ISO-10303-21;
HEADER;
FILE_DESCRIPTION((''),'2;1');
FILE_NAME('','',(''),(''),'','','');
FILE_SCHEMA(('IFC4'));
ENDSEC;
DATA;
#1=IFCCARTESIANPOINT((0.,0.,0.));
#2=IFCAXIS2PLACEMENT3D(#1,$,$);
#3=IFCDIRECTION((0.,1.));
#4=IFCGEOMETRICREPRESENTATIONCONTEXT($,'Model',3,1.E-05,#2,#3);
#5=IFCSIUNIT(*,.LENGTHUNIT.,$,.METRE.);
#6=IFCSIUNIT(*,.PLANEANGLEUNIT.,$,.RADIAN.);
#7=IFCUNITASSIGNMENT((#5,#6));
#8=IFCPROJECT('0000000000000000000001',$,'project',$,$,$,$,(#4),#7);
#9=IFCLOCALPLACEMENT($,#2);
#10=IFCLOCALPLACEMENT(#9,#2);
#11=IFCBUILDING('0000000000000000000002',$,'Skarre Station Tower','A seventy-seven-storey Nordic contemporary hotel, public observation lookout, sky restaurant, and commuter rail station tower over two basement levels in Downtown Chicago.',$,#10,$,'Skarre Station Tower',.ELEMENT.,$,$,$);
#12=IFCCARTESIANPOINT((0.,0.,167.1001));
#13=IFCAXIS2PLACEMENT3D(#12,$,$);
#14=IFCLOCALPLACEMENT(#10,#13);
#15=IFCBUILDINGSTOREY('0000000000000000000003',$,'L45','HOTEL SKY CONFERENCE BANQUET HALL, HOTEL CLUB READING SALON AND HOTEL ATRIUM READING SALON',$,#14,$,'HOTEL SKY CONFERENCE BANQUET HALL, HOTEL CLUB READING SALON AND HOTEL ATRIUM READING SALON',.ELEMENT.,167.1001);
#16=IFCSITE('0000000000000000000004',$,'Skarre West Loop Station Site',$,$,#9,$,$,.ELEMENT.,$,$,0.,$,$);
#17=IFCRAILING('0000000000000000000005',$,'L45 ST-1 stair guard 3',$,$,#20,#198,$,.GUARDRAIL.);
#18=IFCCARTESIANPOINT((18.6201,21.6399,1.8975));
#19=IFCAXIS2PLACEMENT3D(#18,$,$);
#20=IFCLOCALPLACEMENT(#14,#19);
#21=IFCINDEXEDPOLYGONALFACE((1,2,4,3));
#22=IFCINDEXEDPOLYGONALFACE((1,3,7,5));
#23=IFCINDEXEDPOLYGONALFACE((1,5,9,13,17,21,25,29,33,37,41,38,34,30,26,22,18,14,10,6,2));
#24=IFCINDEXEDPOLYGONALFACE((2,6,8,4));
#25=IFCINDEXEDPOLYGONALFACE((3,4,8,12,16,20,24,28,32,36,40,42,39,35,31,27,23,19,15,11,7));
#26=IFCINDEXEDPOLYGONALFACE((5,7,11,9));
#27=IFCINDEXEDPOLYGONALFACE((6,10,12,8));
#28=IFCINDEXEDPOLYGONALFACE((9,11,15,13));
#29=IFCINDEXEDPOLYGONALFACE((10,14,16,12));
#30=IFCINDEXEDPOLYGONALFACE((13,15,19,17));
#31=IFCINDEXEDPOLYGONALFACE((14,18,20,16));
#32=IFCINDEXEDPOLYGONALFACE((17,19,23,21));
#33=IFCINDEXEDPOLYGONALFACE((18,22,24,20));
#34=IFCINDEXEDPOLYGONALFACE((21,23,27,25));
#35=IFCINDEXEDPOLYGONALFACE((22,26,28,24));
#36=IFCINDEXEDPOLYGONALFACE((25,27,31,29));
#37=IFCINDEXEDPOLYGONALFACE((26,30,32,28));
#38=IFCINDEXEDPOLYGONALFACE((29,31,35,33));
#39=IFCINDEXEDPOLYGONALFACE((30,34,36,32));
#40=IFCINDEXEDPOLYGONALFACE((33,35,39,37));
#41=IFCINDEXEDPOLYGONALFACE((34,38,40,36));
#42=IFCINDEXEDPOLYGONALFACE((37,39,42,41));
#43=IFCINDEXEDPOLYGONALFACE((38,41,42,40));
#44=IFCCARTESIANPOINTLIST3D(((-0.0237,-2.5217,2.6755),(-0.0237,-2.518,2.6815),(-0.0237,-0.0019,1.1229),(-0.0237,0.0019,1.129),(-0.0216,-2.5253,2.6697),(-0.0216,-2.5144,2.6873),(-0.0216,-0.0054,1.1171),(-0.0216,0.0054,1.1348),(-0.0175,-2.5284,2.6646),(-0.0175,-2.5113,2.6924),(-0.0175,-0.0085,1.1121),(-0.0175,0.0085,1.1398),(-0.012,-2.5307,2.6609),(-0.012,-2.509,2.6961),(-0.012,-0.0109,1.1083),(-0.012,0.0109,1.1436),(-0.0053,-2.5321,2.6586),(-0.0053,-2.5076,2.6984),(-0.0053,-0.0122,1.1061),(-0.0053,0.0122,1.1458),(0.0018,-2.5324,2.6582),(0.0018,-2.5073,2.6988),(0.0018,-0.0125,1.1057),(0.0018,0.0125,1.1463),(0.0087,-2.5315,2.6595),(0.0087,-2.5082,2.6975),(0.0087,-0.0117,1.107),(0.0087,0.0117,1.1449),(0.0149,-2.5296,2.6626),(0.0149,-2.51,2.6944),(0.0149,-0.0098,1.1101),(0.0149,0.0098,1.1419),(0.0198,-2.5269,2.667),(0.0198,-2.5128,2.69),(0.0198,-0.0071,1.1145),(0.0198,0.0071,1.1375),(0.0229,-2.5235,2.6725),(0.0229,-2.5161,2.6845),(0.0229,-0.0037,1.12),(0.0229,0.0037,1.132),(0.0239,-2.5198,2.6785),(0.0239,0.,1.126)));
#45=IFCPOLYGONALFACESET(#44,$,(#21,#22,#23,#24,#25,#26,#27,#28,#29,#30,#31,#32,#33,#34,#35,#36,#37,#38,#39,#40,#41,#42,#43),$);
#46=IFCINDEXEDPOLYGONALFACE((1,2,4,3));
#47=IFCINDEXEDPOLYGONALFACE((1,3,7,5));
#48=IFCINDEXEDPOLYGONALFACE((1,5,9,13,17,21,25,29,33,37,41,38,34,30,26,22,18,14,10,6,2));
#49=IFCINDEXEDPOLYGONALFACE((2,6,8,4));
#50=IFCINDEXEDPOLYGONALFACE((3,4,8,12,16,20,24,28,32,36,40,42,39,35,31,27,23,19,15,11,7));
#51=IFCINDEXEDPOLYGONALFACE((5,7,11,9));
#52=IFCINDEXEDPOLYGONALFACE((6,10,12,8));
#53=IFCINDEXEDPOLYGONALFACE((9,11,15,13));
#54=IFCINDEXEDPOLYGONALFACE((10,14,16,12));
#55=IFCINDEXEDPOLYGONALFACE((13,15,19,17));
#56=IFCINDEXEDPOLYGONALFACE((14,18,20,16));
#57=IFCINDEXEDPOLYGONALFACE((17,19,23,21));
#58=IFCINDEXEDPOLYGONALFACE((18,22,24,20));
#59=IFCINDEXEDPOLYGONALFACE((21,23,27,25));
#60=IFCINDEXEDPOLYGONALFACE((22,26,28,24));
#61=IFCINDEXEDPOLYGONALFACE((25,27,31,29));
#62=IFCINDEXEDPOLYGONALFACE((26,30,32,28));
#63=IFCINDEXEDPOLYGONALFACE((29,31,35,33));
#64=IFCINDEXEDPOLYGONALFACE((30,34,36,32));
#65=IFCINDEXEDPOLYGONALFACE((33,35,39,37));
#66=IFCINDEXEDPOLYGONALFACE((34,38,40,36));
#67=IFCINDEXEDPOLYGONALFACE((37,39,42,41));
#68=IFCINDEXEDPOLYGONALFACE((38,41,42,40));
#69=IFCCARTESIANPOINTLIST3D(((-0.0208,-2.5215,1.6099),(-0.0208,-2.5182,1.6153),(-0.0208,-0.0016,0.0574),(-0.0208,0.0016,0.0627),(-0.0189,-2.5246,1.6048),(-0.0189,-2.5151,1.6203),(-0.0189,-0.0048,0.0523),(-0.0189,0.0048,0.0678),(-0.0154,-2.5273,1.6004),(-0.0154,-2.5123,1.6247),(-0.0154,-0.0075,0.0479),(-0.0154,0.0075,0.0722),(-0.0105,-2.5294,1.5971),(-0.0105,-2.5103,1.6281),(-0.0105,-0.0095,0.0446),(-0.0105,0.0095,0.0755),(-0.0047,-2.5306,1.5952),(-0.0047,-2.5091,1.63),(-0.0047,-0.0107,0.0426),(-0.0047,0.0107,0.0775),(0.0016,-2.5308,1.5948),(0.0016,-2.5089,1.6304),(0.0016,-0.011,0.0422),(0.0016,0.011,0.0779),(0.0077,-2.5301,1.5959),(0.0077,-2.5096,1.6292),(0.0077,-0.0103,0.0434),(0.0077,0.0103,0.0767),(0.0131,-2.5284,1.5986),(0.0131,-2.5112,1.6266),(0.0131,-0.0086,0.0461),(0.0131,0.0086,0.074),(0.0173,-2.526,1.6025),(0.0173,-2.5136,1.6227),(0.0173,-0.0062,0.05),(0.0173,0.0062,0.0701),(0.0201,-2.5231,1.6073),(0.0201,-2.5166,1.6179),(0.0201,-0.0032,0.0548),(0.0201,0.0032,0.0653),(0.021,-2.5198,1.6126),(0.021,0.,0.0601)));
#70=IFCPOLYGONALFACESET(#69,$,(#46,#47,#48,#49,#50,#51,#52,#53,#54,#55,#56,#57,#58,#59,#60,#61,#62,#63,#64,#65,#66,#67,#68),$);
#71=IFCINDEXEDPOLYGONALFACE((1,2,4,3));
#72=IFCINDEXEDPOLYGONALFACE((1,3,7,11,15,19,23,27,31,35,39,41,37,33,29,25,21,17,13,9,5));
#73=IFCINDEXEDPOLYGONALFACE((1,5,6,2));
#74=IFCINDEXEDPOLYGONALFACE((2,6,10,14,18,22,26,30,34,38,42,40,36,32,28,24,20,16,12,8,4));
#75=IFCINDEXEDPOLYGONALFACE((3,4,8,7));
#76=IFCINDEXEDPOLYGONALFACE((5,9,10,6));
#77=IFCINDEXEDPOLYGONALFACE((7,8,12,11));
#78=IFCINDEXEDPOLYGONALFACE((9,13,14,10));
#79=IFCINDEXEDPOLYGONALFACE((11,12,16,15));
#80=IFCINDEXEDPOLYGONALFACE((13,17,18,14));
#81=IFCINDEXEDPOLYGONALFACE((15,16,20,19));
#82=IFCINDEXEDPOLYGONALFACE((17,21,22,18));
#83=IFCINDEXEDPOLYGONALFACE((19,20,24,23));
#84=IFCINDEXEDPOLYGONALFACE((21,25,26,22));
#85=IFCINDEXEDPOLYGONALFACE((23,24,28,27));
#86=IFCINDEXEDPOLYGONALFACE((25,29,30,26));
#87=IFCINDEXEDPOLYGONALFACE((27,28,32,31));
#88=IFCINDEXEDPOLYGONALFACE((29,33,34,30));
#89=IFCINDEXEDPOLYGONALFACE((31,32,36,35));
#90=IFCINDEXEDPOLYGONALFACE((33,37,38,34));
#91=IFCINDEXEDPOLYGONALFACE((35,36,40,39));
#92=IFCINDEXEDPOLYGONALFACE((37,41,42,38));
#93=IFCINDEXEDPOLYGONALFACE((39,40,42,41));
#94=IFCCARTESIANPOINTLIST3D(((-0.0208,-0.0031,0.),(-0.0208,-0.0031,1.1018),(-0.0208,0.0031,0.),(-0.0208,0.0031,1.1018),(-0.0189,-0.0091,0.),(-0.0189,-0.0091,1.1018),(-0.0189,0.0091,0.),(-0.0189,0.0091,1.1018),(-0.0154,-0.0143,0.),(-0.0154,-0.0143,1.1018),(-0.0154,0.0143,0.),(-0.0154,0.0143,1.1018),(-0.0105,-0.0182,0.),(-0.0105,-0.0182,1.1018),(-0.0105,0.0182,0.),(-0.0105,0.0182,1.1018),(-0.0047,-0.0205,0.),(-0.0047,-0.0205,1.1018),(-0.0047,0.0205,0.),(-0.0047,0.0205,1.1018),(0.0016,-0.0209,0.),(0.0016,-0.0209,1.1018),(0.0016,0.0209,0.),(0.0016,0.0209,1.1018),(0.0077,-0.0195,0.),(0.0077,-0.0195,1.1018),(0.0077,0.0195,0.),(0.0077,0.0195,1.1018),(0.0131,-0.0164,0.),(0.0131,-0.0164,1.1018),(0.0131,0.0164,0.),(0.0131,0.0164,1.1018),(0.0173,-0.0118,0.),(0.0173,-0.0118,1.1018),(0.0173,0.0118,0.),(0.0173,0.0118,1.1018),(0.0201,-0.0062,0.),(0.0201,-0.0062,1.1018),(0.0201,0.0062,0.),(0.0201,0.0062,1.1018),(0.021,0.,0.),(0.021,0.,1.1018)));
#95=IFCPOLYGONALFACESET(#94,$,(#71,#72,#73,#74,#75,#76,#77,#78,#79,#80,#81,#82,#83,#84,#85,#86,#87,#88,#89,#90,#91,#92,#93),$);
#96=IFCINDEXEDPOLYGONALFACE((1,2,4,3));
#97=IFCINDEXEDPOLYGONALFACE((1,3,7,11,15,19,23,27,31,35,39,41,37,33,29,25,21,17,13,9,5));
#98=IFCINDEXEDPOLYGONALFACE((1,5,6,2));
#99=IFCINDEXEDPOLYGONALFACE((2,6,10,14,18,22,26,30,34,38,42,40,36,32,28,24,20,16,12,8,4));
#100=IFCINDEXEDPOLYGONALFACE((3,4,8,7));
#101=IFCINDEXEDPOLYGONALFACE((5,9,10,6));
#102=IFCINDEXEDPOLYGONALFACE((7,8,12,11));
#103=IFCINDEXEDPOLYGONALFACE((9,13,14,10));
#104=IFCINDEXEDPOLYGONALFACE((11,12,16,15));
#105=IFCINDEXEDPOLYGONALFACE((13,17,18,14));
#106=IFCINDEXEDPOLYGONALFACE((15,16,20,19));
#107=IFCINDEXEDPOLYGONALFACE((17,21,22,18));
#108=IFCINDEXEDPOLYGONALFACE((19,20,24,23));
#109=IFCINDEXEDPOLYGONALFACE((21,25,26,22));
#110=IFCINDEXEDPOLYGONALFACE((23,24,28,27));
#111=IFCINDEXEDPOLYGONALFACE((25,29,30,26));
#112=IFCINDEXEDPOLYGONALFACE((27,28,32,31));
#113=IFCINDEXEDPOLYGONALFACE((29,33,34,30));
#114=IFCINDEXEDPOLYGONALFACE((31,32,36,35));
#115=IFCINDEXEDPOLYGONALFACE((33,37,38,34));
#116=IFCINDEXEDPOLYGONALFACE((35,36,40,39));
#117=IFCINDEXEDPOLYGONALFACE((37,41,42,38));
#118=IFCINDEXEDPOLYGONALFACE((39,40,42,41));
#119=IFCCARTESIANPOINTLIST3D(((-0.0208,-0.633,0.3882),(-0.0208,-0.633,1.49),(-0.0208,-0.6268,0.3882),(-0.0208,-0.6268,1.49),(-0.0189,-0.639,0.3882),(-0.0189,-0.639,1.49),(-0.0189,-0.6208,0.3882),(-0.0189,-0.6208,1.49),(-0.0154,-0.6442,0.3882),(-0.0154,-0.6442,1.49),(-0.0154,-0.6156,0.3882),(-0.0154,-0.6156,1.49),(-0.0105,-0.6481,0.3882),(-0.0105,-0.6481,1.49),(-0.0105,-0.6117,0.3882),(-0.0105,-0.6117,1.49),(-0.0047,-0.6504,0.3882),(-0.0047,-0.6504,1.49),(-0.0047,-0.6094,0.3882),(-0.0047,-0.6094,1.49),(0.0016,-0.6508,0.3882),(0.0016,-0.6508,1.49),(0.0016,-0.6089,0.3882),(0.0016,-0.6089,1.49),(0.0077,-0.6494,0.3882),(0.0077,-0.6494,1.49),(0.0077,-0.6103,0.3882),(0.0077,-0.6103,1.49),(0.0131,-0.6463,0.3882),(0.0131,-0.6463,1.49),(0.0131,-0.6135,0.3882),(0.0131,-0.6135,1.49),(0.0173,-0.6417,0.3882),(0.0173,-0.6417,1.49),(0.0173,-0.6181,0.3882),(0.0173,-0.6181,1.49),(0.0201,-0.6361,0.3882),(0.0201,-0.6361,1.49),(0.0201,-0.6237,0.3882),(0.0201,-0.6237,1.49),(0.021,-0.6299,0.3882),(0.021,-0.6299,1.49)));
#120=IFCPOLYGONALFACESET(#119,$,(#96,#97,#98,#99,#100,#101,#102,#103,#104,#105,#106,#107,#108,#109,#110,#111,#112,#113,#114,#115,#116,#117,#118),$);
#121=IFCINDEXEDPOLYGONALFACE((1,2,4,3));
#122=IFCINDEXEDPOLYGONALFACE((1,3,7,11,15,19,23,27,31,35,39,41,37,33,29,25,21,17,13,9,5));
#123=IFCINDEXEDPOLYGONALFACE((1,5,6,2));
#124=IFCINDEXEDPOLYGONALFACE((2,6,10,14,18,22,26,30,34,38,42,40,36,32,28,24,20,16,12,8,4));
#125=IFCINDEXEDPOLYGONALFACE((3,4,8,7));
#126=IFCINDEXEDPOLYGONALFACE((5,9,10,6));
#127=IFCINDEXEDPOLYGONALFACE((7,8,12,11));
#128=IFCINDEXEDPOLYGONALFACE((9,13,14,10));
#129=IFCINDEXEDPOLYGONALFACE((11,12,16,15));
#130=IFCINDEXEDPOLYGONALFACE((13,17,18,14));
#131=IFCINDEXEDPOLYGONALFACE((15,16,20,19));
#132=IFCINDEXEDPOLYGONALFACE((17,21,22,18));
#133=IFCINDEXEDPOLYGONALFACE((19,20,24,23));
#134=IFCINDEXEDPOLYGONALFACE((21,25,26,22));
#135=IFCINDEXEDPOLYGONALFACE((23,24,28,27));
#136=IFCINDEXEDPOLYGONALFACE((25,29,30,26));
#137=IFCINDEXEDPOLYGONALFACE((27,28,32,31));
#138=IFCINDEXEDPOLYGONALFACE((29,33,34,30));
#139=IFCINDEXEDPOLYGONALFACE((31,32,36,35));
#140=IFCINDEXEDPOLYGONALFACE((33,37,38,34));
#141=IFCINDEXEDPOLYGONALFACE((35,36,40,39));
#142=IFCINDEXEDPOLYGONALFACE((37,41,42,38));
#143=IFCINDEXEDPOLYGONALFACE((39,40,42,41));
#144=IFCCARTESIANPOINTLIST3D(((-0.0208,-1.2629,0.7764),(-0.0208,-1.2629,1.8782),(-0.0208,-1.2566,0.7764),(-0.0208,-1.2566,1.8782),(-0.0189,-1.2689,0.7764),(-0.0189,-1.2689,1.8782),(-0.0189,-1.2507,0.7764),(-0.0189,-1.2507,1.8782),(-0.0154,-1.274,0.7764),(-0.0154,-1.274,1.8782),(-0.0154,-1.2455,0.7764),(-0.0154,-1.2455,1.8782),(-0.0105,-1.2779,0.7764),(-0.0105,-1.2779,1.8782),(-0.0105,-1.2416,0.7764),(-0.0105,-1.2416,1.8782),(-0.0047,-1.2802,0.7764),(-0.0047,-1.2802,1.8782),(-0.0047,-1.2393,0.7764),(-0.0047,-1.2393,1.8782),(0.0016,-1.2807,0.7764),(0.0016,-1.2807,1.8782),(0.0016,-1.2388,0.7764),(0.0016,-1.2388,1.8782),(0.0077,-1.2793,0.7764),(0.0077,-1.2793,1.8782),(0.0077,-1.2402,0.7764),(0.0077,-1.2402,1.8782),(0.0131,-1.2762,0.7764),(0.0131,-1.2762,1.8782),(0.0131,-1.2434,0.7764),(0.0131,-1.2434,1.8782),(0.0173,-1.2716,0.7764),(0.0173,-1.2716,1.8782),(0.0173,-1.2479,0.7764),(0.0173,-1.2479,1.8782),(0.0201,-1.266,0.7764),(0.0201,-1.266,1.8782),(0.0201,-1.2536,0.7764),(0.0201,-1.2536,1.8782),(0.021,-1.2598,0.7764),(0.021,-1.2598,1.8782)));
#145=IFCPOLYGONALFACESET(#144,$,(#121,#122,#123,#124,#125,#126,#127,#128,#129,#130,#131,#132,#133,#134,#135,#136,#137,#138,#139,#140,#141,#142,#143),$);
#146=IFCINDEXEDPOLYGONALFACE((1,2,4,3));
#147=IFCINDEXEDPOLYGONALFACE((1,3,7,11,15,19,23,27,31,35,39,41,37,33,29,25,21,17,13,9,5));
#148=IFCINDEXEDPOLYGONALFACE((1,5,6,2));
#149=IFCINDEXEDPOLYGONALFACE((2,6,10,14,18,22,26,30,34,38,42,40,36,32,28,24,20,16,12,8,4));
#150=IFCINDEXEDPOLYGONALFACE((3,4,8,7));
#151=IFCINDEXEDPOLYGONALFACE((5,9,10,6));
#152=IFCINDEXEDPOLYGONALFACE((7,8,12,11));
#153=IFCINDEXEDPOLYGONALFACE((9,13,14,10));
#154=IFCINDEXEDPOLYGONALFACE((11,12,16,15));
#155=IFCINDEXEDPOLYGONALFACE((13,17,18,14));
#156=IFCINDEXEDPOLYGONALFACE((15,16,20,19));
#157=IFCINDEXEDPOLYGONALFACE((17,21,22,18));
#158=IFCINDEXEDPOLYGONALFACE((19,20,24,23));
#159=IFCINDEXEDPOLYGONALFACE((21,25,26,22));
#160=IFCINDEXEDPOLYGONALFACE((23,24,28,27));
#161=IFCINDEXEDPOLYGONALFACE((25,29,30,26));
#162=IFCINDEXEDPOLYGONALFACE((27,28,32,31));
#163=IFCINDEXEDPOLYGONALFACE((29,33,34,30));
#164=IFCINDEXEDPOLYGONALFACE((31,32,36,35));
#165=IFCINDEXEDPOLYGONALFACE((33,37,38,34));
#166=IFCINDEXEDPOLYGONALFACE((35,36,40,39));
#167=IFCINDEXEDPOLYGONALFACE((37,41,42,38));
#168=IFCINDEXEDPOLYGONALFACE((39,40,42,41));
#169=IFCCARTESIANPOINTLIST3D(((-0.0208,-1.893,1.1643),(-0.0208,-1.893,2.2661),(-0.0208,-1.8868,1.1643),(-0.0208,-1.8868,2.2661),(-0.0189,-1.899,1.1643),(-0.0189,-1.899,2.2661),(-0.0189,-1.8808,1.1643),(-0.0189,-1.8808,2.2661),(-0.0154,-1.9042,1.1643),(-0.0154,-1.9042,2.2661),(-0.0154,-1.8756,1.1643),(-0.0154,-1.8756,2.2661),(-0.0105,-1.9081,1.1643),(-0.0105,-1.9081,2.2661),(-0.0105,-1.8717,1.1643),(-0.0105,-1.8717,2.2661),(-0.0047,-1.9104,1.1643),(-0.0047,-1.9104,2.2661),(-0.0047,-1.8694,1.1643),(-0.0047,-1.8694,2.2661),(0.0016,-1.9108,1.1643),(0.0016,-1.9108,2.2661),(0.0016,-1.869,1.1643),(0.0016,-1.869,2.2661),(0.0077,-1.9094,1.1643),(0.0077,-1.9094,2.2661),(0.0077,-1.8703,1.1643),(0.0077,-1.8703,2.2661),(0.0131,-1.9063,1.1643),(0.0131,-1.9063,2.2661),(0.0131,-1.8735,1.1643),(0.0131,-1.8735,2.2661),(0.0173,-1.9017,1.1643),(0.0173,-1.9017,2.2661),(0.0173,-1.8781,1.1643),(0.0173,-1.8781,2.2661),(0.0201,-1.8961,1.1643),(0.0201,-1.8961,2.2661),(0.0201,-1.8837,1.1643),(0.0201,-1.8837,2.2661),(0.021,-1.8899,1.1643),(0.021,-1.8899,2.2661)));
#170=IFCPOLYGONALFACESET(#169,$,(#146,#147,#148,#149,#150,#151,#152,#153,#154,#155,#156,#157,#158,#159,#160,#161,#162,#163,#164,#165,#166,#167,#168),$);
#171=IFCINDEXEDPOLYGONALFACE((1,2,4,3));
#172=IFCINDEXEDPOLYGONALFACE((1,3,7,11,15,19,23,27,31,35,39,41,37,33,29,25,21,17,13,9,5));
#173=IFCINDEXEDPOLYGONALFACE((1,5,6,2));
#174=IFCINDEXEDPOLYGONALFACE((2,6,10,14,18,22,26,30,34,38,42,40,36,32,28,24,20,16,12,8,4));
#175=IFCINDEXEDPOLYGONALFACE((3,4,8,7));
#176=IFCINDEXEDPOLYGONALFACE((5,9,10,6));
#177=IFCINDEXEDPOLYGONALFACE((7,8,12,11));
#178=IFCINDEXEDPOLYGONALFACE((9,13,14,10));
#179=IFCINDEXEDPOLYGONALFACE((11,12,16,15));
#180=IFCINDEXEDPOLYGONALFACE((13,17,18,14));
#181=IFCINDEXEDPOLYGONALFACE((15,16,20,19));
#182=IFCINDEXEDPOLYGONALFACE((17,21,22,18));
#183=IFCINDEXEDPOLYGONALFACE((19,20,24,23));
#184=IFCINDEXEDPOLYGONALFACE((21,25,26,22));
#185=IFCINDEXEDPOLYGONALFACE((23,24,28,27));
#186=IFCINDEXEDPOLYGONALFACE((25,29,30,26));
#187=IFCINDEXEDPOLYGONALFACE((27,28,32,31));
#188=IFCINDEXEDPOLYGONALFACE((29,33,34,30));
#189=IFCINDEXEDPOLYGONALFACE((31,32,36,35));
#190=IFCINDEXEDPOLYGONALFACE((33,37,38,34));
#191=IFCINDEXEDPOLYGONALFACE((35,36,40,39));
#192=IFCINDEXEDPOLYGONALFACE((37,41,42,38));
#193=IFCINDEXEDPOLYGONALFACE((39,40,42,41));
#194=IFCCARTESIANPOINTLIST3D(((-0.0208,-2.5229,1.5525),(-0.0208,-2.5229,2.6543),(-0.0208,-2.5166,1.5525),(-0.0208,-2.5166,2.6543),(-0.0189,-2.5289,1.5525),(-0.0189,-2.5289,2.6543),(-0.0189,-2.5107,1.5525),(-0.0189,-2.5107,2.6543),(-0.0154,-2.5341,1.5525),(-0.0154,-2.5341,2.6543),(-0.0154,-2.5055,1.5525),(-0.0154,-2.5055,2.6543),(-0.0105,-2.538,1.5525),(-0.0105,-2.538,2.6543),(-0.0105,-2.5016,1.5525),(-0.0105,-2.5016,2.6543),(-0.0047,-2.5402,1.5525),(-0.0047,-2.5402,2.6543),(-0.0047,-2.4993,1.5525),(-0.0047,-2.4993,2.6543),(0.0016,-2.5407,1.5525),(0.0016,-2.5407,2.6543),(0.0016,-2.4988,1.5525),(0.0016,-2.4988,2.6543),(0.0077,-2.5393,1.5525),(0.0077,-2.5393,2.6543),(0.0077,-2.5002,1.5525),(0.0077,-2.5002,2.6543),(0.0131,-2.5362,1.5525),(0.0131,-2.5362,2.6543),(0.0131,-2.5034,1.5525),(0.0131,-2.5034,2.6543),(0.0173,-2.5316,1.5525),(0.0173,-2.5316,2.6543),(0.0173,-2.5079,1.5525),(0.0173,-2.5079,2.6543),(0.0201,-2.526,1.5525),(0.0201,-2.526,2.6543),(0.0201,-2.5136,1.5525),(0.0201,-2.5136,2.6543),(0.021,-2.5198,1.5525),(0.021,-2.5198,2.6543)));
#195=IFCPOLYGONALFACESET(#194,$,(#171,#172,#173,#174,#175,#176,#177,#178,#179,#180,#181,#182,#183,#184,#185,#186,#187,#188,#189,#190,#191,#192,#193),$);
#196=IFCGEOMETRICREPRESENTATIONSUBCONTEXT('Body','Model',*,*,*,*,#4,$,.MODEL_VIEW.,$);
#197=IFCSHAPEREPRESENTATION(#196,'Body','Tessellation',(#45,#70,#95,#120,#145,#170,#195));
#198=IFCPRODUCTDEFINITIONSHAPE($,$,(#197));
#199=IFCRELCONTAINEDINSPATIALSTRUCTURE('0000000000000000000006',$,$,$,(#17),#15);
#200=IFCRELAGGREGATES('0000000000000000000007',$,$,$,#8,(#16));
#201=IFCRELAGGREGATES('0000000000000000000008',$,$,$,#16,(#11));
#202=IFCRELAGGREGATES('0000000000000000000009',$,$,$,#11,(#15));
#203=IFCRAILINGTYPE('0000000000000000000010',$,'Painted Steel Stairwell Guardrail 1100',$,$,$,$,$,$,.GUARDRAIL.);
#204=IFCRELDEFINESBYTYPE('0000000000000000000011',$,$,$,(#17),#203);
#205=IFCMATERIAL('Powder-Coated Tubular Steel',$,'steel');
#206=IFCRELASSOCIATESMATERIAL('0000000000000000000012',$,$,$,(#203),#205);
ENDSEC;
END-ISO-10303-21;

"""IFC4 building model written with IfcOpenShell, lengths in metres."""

from ifc_helpers import new_model, si_unit, direction, frame, origin, origin_2d, place, context, subcontext, project, spatial, circle, extrude, material, type_object, element, save


model = new_model("IFC4")

# Units and contexts
model_context = context("Model", 3, precision=1e-05, world=origin(), true_north=direction((0.0, 1.0)))
body_context = subcontext(model_context, "Body", "Model", "MODEL_VIEW")
ifc_project = project(units=[si_unit("LENGTHUNIT", "METRE"), si_unit("PLANEANGLEUNIT", "RADIAN")], contexts=[model_context])

# Site, building, storey
site_placement = place(None, origin())
site = spatial("IfcSite", under=ifc_project, at=site_placement, Name="Skarre West Loop Station Site", CompositionType="ELEMENT", RefElevation=0.0)
building_placement = place(site_placement, origin())
building = spatial("IfcBuilding", under=site, at=building_placement, Name="Skarre Station Tower", Description="A seventy-seven-storey Nordic contemporary hotel, public observation lookout, sky restaurant, and commuter rail station tower over two basement levels in Downtown Chicago.", LongName="Skarre Station Tower", CompositionType="ELEMENT")
storey_placement = place(building_placement, frame((0.0, 0.0, 167.1001)))
storey = spatial("IfcBuildingStorey", under=building, at=storey_placement, Name="L45", Description="HOTEL SKY CONFERENCE BANQUET HALL, HOTEL CLUB READING SALON AND HOTEL ATRIUM READING SALON", LongName="HOTEL SKY CONFERENCE BANQUET HALL, HOTEL CLUB READING SALON AND HOTEL ATRIUM READING SALON", CompositionType="ELEMENT", Elevation=167.1001)

# Railing
ifc_material_1 = material(Name="Powder-Coated Tubular Steel", Category="steel")
railing_type_1 = type_object("IfcRailingType", Name="Painted Steel Stairwell Guardrail 1100", PredefinedType="GUARDRAIL", material=ifc_material_1)
railing_1_placement = place(storey_placement, frame((18.6201, 21.6399, 1.8975)))
element("IfcRailing", 1, at=railing_1_placement, inside=storey, type_object=railing_type_1, Name="L45 ST-1 stair guard 3", PredefinedType="GUARDRAIL", context=body_context, shape_type="SweptSolid", body=[
    extrude(circle(Radius=0.0239, at=origin_2d()), frame((0.0, 0.0, 1.126), z_axis=(0.0, -0.851378, 0.524553), x_axis=(1.0, 0.0, 0.0)), (0.0, 0.0, 1.0), 2.9597),
    extrude(circle(Radius=0.021, at=origin_2d()), frame((0.0, 0.0, 0.0601), z_axis=(0.0, -0.851378, 0.524553), x_axis=(1.0, 0.0, 0.0)), (0.0, 0.0, 1.0), 2.9597),
    extrude(circle(Radius=0.021, at=origin_2d()), origin(), (0.0, 0.0, 1.0), 1.1018),
    extrude(circle(Radius=0.021, at=origin_2d()), frame((0.0, -0.6299, 0.3882)), (0.0, 0.0, 1.0), 1.1018),
    extrude(circle(Radius=0.021, at=origin_2d()), frame((0.0, -1.2598, 0.7764)), (0.0, 0.0, 1.0), 1.1018),
    extrude(circle(Radius=0.021, at=origin_2d()), frame((0.0, -1.8899, 1.1643)), (0.0, 0.0, 1.0), 1.1018),
    extrude(circle(Radius=0.021, at=origin_2d()), frame((0.0, -2.5198, 1.5525)), (0.0, 0.0, 1.0), 1.1018),
])

save(model, "model.ifc")
